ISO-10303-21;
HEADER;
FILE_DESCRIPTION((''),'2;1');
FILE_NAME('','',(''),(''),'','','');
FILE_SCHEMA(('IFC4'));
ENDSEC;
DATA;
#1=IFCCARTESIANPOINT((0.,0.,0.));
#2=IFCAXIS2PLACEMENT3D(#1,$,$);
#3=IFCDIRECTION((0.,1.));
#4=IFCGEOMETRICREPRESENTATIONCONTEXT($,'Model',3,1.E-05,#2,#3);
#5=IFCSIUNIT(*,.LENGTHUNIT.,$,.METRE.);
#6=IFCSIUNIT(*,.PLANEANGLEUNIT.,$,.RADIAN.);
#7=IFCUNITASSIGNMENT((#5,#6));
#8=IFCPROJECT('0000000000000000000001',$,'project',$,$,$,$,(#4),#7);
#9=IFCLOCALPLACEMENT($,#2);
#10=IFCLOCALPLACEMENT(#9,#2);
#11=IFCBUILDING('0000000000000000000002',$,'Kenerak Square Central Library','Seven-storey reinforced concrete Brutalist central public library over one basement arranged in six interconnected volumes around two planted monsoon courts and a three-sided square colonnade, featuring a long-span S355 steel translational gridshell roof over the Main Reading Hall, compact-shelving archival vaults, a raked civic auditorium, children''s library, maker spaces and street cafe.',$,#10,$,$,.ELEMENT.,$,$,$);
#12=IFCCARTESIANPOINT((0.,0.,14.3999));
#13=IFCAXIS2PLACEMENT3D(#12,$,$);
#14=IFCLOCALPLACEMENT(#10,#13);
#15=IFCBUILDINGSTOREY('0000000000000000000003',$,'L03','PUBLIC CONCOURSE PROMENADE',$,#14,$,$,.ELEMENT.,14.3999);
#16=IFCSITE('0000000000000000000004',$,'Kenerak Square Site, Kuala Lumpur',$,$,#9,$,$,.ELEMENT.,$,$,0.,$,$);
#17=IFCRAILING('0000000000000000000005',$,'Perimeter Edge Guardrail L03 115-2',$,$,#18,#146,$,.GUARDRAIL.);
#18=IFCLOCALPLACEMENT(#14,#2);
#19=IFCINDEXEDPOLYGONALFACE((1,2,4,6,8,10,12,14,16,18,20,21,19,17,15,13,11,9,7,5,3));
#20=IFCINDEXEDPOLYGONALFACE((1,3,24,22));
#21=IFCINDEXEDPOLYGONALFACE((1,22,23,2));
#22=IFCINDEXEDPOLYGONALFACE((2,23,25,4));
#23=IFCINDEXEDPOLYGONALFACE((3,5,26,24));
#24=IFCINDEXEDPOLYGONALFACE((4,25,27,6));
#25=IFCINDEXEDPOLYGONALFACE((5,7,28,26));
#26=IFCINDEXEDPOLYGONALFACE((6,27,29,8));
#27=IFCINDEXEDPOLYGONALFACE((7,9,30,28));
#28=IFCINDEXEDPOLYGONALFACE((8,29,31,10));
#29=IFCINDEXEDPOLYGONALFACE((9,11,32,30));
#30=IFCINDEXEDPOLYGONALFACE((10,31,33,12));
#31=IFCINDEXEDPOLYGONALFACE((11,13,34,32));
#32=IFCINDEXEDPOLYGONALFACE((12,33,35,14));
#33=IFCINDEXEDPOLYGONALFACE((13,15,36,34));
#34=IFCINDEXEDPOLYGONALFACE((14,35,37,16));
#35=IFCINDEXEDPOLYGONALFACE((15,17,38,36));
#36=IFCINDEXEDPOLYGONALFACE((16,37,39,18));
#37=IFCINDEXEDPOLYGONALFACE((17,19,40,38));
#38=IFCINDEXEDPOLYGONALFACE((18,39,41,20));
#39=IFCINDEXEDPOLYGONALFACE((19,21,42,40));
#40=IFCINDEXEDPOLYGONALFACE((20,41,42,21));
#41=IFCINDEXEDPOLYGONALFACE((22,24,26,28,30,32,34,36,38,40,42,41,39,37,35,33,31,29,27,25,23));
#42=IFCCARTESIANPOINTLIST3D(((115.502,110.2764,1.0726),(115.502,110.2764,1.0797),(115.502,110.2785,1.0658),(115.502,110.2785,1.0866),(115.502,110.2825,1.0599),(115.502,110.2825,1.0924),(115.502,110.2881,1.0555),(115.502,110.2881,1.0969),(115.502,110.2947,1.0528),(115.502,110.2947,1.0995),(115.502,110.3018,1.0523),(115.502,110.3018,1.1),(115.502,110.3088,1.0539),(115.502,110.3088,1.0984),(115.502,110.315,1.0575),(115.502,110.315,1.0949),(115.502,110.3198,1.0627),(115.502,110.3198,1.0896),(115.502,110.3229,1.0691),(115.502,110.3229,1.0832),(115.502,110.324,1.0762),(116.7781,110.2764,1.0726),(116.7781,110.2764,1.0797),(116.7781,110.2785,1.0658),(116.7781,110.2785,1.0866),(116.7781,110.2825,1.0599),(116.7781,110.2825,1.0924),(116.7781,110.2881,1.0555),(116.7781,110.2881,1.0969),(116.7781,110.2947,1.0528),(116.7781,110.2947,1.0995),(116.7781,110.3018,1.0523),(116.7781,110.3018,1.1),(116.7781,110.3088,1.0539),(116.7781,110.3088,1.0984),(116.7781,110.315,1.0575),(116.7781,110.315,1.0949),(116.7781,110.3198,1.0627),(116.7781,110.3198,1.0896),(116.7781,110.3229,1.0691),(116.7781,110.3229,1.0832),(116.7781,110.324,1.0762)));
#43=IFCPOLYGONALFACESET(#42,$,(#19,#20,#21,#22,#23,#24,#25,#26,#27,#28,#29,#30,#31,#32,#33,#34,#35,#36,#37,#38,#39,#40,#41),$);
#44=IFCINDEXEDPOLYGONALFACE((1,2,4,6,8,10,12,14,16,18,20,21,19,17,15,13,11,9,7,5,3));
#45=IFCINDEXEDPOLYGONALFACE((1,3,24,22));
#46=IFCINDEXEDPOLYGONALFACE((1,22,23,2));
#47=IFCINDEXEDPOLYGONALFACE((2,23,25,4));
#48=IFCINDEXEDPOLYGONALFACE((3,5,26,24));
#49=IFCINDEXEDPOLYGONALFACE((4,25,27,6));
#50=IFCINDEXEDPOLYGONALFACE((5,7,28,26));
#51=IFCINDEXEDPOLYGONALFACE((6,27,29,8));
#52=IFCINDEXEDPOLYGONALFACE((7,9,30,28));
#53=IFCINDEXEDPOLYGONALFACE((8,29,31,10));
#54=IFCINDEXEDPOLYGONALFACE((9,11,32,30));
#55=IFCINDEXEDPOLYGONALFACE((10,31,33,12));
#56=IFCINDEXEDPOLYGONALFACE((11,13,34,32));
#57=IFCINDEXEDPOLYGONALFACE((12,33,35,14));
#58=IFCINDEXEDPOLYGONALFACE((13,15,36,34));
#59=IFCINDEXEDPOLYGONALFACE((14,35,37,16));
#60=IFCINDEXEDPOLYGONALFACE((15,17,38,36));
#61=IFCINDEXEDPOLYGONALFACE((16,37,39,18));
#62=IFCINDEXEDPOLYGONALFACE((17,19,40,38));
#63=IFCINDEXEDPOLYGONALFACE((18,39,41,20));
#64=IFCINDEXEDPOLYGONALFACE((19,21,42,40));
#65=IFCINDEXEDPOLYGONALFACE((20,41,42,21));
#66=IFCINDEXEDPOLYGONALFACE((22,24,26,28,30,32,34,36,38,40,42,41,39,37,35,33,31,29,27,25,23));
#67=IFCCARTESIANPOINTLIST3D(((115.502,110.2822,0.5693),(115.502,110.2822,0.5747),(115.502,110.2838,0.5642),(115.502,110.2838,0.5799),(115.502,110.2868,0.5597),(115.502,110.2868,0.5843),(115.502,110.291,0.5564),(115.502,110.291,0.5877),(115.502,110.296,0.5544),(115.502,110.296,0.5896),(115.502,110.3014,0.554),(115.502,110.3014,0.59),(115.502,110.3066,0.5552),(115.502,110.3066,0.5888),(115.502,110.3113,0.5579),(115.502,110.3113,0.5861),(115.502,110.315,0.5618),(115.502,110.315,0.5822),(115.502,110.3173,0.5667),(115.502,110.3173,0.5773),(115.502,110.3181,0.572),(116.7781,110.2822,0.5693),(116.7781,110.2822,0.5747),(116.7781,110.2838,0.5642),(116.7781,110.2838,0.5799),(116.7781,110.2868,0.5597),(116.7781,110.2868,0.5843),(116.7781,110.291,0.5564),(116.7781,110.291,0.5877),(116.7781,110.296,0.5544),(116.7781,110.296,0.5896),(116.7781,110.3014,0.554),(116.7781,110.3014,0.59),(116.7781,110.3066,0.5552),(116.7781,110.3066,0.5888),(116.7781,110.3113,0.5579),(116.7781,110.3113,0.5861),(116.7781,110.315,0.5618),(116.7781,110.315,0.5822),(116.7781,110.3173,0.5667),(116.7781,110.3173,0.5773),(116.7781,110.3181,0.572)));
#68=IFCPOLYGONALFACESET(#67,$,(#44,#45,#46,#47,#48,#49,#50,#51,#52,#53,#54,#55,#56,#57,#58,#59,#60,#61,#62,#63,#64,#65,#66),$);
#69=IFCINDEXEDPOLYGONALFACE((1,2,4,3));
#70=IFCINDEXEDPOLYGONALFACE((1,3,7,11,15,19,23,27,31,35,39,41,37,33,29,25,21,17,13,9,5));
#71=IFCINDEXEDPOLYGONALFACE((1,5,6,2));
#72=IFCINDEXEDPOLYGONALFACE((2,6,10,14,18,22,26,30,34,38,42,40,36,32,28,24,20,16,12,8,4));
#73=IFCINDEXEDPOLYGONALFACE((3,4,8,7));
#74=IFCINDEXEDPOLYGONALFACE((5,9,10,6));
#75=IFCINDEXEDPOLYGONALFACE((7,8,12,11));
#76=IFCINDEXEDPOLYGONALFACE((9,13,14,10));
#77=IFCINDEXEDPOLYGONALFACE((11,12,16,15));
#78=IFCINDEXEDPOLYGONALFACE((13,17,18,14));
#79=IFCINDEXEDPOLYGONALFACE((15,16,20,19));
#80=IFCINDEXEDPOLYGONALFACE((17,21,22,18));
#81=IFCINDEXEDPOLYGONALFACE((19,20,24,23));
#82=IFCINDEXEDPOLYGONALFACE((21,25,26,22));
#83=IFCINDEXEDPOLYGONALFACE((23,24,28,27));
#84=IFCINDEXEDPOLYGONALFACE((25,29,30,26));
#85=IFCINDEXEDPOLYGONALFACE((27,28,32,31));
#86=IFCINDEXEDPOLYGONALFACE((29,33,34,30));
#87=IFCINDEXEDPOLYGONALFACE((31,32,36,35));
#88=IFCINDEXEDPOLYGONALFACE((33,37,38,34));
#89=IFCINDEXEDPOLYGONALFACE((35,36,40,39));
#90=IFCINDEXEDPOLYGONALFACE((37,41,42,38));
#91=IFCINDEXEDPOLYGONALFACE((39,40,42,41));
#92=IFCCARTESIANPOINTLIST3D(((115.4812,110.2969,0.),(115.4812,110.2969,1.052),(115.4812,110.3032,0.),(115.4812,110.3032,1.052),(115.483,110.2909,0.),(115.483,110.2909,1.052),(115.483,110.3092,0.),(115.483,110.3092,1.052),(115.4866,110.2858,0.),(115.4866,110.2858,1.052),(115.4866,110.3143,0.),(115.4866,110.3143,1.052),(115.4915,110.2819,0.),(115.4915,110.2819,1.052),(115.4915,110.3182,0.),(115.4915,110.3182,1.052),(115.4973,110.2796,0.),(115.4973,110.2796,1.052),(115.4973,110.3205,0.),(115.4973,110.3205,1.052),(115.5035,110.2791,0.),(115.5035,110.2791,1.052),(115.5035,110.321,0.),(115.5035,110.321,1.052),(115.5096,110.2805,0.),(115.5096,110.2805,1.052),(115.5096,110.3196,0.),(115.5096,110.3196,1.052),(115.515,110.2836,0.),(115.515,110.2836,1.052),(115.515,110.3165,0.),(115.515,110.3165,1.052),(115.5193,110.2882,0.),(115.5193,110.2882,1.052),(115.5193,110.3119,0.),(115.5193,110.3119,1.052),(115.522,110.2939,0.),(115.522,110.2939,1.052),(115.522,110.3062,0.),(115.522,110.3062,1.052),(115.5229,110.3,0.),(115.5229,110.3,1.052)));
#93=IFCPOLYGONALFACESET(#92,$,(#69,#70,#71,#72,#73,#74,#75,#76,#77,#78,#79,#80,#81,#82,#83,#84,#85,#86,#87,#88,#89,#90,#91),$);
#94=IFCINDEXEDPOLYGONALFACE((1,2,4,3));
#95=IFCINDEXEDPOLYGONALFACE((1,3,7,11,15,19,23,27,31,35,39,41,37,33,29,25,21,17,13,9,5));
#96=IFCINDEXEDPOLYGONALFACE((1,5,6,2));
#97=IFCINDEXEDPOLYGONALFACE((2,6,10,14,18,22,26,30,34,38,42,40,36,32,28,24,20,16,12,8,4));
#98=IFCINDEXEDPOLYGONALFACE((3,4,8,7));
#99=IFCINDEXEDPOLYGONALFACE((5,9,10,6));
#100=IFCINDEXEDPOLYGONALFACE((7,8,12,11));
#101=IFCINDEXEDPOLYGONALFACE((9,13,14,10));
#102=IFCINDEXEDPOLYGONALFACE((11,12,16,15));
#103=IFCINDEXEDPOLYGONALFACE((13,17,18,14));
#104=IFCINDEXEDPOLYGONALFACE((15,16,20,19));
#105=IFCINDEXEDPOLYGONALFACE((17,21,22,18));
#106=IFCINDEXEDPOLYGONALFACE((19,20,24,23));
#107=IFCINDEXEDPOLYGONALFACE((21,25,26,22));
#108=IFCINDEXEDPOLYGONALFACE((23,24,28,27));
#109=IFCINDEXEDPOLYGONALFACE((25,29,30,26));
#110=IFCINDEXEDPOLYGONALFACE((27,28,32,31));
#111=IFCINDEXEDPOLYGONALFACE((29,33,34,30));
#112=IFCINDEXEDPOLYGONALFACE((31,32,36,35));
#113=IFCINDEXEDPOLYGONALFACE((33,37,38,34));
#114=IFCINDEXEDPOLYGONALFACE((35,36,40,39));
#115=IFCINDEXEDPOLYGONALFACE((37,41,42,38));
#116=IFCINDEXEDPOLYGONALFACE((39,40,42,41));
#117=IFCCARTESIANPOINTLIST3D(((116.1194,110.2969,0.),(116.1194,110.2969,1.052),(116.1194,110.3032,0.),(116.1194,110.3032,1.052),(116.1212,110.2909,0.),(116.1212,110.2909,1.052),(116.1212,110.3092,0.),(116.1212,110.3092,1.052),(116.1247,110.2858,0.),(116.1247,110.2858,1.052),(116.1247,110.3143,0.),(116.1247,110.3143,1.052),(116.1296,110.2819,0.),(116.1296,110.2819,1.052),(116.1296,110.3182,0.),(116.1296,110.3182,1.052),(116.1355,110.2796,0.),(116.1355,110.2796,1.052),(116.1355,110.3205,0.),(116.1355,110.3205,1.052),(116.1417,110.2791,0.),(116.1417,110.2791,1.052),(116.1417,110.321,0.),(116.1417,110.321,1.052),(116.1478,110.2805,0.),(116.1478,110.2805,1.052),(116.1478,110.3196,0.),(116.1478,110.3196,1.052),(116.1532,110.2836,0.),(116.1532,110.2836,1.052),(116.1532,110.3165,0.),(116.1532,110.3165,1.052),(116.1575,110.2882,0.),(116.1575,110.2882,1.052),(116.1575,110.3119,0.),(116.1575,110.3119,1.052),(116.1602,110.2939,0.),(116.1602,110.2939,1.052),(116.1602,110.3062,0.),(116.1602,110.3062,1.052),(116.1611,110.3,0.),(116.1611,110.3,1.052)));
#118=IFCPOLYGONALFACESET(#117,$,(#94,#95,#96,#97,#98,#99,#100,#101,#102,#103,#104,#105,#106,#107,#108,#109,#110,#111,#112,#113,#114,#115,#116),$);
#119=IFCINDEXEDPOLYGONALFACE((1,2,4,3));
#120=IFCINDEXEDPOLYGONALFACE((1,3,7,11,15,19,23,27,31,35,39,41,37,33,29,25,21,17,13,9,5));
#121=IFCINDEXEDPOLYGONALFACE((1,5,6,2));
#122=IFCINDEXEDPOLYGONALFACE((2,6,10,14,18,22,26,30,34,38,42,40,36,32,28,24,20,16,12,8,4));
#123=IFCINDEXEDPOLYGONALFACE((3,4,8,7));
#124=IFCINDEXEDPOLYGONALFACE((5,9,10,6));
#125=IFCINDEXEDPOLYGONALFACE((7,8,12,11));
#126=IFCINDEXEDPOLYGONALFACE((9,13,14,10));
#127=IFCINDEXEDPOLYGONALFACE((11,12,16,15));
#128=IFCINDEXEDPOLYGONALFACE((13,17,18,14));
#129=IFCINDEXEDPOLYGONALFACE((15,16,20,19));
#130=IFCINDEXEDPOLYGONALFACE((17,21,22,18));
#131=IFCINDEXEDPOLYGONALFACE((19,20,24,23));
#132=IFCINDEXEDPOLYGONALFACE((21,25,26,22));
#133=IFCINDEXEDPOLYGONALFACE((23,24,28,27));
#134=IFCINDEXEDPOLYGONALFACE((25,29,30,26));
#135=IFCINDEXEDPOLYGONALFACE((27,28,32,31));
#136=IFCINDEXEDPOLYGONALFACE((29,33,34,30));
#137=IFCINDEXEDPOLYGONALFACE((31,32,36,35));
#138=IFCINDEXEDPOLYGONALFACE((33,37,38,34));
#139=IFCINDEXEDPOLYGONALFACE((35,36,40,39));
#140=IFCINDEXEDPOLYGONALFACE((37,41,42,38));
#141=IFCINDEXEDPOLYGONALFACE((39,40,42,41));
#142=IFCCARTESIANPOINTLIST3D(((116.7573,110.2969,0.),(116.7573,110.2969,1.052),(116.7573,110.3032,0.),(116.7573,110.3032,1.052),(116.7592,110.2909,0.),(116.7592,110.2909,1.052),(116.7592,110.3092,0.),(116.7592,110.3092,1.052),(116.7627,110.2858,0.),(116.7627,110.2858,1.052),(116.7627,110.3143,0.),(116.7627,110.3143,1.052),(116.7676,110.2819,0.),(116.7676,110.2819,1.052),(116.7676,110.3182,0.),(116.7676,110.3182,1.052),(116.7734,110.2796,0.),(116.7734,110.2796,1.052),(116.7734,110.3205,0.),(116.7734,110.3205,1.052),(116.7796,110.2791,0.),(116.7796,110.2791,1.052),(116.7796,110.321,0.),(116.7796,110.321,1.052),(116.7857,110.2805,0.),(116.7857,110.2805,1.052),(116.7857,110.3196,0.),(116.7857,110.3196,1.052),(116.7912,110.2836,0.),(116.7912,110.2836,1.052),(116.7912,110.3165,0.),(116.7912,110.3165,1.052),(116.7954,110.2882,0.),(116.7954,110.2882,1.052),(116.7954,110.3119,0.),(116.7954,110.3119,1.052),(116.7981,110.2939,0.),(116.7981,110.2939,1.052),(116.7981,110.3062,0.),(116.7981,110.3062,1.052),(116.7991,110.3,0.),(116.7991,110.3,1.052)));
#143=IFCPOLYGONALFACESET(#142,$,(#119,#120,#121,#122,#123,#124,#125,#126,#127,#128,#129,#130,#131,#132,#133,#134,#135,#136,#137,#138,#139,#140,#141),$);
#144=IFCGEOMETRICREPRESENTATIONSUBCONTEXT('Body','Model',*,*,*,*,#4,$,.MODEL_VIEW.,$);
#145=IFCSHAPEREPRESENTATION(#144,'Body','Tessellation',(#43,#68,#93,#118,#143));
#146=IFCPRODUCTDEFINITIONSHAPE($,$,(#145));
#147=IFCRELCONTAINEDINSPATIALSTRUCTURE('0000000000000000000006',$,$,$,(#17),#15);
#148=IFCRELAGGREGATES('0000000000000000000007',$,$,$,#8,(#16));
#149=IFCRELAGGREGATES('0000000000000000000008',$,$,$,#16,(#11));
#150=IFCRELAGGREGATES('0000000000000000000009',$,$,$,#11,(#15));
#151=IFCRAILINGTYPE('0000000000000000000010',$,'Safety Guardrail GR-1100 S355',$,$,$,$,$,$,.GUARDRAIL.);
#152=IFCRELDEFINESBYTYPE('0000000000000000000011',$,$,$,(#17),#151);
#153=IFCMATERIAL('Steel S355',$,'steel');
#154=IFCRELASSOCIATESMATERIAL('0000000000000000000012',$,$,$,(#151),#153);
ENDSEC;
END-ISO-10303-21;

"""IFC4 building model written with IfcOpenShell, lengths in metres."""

from ifc_helpers import new_model, si_unit, direction, frame, origin, origin_2d, place, context, subcontext, project, spatial, circle, extrude, material, type_object, element, save


model = new_model("IFC4")

# Units and contexts
model_context = context("Model", 3, precision=1e-05, world=origin(), true_north=direction((0.0, 1.0)))
body_context = subcontext(model_context, "Body", "Model", "MODEL_VIEW")
ifc_project = project(units=[si_unit("LENGTHUNIT", "METRE"), si_unit("PLANEANGLEUNIT", "RADIAN")], contexts=[model_context])

# Site, building, storey
site_placement = place(None, origin())
site = spatial("IfcSite", under=ifc_project, at=site_placement, Name="Kenerak Square Site, Kuala Lumpur", CompositionType="ELEMENT", RefElevation=0.0)
building_placement = place(site_placement, origin())
building = spatial("IfcBuilding", under=site, at=building_placement, Name="Kenerak Square Central Library", Description="Seven-storey reinforced concrete Brutalist central public library over one basement arranged in six interconnected volumes around two planted monsoon courts and a three-sided square colonnade, featuring a long-span S355 steel translational gridshell roof over the Main Reading Hall, compact-shelving archival vaults, a raked civic auditorium, children's library, maker spaces and street cafe.", CompositionType="ELEMENT")
storey_placement = place(building_placement, frame((0.0, 0.0, 14.3999)))
storey = spatial("IfcBuildingStorey", under=building, at=storey_placement, Name="L03", Description="PUBLIC CONCOURSE PROMENADE", CompositionType="ELEMENT", Elevation=14.3999)

# Railing
ifc_material_1 = material(Name="Steel S355", Category="steel")
railing_type_1 = type_object("IfcRailingType", Name="Safety Guardrail GR-1100 S355", PredefinedType="GUARDRAIL", material=ifc_material_1)
for number, where, name in (
    (1, (115.502, 110.3, 0.0), "Perimeter Edge Guardrail L03 115-2"),
):
    element("IfcRailing", number, at=place(storey_placement, frame(where)), inside=storey, type_object=railing_type_1, Name=name, PredefinedType="GUARDRAIL", context=body_context, shape_type="SweptSolid", body=[
        extrude(circle(Radius=0.0239, at=origin_2d()), frame((0.0, 0.0, 1.0762), z_axis=(1.0, 0.0, 0.0), x_axis=(0.0, 1.0, 0.0)), (0.0, 0.0, 1.0), 1.2761),
        extrude(circle(Radius=0.0181, at=origin_2d()), frame((0.0, 0.0, 0.572), z_axis=(1.0, 0.0, 0.0), x_axis=(0.0, 1.0, 0.0)), (0.0, 0.0, 1.0), 1.2761),
        extrude(circle(Radius=0.021, at=origin_2d()), origin(), (0.0, 0.0, 1.0), 1.052),
        extrude(circle(Radius=0.021, at=origin_2d()), frame((0.6382, 0.0, 0.0)), (0.0, 0.0, 1.0), 1.052),
        extrude(circle(Radius=0.021, at=origin_2d()), frame((1.2761, 0.0, 0.0)), (0.0, 0.0, 1.0), 1.052),
    ])

save(model, "model.ifc")
